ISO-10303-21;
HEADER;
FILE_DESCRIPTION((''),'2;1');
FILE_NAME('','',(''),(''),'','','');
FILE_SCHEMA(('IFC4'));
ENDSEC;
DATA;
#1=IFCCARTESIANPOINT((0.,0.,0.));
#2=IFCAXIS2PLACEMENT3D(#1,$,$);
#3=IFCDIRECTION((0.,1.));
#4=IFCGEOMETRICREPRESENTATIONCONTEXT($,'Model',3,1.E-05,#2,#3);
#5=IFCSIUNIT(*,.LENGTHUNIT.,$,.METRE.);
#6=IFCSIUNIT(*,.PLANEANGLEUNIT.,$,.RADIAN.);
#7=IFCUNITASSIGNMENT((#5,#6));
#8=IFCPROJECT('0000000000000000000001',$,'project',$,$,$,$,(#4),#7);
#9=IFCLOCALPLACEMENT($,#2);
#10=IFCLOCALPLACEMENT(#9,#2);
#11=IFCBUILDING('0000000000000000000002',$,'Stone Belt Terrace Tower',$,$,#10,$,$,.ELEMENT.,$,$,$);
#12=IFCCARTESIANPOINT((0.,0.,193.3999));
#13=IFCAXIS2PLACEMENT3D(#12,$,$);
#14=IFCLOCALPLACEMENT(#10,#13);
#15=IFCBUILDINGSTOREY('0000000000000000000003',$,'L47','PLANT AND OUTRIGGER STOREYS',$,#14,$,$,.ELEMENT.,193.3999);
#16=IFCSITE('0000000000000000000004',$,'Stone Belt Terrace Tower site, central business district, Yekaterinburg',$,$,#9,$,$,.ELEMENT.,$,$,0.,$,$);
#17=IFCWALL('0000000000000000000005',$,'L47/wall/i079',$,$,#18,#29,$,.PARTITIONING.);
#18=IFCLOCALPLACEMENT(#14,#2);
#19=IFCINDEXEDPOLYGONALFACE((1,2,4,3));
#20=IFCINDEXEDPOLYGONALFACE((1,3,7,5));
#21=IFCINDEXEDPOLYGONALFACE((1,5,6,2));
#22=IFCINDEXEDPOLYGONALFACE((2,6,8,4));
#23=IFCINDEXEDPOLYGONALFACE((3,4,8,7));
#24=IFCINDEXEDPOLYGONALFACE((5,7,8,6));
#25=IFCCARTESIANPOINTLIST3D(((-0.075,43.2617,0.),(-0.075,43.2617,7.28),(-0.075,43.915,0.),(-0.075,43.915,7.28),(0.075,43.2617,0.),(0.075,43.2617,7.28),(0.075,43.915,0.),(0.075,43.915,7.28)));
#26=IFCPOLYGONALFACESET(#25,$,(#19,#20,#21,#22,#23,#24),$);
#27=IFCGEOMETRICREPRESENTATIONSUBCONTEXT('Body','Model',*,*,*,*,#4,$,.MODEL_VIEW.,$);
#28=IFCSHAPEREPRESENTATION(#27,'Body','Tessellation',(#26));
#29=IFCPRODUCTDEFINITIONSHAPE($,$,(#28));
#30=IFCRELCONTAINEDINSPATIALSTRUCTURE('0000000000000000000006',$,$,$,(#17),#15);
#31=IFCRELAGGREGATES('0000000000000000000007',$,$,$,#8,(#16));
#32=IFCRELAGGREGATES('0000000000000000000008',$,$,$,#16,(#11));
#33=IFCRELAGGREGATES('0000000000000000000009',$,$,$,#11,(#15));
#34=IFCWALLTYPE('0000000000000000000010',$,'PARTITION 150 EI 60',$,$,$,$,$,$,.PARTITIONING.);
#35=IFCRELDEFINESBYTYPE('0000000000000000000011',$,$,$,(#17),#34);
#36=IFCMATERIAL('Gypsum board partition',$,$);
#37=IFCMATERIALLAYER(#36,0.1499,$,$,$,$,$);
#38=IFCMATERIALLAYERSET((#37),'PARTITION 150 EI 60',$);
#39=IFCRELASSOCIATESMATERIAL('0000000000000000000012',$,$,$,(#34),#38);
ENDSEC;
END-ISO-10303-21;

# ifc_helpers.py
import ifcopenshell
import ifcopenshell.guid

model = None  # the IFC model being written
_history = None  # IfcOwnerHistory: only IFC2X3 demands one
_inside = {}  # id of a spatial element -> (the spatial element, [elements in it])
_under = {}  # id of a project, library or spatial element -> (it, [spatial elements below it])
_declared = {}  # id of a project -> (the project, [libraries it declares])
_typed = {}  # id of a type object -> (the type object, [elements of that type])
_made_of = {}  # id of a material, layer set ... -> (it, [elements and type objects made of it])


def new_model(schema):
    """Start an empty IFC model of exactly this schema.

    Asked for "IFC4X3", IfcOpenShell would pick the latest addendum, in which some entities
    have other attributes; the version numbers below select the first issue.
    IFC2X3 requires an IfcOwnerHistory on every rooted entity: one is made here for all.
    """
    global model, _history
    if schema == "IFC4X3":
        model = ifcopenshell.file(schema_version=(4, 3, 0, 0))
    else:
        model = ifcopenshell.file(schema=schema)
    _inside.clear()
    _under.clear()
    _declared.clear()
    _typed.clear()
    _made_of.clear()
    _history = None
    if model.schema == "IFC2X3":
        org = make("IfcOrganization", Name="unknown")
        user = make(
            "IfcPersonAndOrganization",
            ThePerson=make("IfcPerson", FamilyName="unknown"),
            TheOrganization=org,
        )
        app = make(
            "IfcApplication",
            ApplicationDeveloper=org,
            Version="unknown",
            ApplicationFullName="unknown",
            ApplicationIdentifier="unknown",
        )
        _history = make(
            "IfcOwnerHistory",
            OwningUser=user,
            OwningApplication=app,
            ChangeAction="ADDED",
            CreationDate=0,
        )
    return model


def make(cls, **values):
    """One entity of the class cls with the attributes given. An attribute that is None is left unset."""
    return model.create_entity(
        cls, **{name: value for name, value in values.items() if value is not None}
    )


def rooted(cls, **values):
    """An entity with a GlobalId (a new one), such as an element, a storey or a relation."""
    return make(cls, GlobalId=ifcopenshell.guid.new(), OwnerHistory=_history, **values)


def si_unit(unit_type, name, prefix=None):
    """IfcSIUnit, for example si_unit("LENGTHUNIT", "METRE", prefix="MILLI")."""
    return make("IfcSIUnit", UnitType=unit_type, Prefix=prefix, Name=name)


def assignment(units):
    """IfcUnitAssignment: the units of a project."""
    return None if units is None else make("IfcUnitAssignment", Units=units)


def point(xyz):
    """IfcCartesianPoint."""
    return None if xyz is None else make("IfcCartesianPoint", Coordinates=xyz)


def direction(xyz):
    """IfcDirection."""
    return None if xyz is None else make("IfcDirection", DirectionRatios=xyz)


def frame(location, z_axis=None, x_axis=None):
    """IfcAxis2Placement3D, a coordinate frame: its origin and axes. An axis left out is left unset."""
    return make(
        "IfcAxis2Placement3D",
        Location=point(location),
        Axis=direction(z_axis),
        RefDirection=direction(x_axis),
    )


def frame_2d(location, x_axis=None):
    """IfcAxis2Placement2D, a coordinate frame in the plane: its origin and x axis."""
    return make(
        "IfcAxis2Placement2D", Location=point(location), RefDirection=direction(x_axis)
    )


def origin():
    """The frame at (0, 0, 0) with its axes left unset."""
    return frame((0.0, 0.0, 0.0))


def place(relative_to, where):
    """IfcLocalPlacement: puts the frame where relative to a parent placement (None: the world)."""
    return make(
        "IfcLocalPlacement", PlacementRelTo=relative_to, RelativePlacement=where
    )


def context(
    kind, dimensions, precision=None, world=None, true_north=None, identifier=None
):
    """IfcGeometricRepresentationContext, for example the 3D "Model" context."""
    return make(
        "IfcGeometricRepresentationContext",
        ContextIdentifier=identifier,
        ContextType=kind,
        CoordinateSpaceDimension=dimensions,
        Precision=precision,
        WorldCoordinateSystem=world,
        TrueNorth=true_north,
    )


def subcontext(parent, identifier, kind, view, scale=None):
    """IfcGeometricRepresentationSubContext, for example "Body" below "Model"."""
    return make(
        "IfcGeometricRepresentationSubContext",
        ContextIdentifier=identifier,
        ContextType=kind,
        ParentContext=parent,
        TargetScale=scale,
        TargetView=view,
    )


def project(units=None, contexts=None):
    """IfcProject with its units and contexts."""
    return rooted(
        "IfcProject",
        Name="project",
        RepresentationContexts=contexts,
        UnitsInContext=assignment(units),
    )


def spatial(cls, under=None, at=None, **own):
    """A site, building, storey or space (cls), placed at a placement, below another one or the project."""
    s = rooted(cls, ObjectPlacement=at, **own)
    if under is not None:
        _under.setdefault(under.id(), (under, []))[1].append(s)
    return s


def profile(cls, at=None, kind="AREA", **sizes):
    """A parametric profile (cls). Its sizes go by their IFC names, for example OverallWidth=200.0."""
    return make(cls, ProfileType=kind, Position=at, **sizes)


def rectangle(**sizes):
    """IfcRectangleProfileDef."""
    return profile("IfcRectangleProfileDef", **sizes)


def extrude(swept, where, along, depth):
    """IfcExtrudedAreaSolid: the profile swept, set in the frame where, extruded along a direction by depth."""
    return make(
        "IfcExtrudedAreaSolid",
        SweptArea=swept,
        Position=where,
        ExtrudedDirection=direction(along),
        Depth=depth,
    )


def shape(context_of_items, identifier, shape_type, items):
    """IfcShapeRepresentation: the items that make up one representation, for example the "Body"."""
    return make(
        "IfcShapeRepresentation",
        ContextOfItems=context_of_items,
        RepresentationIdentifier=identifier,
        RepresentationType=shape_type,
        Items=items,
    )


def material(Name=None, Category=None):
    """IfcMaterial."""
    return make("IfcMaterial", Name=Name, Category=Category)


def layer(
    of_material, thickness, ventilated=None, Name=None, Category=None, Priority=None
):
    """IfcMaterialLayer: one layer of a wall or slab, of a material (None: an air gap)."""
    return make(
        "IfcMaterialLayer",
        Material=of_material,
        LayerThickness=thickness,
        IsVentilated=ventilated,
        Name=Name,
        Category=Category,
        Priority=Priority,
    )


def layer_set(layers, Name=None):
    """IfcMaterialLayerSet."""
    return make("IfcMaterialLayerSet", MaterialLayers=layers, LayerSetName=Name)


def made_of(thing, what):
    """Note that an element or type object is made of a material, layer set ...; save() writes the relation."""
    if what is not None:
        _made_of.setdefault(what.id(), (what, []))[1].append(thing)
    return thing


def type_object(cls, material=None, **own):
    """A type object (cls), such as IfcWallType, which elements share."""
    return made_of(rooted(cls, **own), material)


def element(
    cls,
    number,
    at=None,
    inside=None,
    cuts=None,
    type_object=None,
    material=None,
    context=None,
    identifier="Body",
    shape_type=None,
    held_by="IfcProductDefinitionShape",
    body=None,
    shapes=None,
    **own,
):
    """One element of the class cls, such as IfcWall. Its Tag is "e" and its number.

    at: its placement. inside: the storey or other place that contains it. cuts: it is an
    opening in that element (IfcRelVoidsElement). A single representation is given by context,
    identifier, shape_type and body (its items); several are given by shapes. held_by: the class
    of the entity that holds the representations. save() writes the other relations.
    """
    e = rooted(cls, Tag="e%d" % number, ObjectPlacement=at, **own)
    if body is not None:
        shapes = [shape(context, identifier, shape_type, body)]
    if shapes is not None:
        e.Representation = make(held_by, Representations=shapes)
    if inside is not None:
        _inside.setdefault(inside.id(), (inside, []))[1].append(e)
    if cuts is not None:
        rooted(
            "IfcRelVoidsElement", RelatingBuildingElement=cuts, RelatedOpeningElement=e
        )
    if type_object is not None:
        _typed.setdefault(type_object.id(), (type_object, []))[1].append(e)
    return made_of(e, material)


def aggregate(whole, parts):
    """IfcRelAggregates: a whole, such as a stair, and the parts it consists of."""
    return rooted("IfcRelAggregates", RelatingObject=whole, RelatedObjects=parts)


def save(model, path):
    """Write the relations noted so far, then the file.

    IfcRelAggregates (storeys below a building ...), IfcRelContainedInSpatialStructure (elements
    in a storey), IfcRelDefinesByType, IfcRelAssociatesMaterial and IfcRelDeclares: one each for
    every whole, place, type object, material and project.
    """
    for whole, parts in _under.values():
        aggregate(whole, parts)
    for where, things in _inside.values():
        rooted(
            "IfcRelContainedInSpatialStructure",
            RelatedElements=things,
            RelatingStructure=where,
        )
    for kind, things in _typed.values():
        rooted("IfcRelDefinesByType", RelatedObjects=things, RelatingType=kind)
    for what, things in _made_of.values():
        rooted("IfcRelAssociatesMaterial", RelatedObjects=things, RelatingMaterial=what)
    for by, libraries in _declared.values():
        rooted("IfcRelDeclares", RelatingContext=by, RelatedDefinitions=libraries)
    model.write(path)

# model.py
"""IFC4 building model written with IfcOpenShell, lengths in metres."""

from ifc_helpers import new_model, si_unit, direction, frame, frame_2d, origin, place, context, subcontext, project, spatial, rectangle, extrude, material, layer, layer_set, type_object, element, save


model = new_model("IFC4")

# Units and contexts
model_context = context("Model", 3, precision=1e-05, world=origin(), true_north=direction((0.0, 1.0)))
body_context = subcontext(model_context, "Body", "Model", "MODEL_VIEW")
ifc_project = project(units=[si_unit("LENGTHUNIT", "METRE"), si_unit("PLANEANGLEUNIT", "RADIAN")], contexts=[model_context])

# Site, building, storey
site_placement = place(None, origin())
site = spatial("IfcSite", under=ifc_project, at=site_placement, Name="Stone Belt Terrace Tower site, central business district, Yekaterinburg", CompositionType="ELEMENT", RefElevation=0.0)
building_placement = place(site_placement, origin())
building = spatial("IfcBuilding", under=site, at=building_placement, Name="Stone Belt Terrace Tower", CompositionType="ELEMENT")
storey_placement = place(building_placement, frame((0.0, 0.0, 193.3999)))
storey = spatial("IfcBuildingStorey", under=building, at=storey_placement, Name="L47", Description="PLANT AND OUTRIGGER STOREYS", CompositionType="ELEMENT", Elevation=193.3999)

# Shared definitions
ifc_material_1 = material(Name="Gypsum board partition")
ifc_layer_1 = layer(ifc_material_1, 0.1499)
ifc_layer_set_1 = layer_set([ifc_layer_1], Name="PARTITION 150 EI 60")
wall_type = type_object("IfcWallType", Name="PARTITION 150 EI 60", PredefinedType="PARTITIONING", material=ifc_layer_set_1)

# Wall
wall_1_placement = place(storey_placement, frame((0.0, 43.915, 0.0), z_axis=(0.0, 0.0, 1.0), x_axis=(0.0, -1.0, 0.0)))
element("IfcWall", 1, at=wall_1_placement, inside=storey, type_object=wall_type, Name="L47/wall/i079", PredefinedType="PARTITIONING", context=body_context, shape_type="SweptSolid", body=[
    extrude(rectangle(XDim=0.6533, YDim=0.1499, at=frame_2d((0.3267, 0.0))), origin(), (0.0, 0.0, 1.0), 7.28),
])

save(model, "model.ifc")
